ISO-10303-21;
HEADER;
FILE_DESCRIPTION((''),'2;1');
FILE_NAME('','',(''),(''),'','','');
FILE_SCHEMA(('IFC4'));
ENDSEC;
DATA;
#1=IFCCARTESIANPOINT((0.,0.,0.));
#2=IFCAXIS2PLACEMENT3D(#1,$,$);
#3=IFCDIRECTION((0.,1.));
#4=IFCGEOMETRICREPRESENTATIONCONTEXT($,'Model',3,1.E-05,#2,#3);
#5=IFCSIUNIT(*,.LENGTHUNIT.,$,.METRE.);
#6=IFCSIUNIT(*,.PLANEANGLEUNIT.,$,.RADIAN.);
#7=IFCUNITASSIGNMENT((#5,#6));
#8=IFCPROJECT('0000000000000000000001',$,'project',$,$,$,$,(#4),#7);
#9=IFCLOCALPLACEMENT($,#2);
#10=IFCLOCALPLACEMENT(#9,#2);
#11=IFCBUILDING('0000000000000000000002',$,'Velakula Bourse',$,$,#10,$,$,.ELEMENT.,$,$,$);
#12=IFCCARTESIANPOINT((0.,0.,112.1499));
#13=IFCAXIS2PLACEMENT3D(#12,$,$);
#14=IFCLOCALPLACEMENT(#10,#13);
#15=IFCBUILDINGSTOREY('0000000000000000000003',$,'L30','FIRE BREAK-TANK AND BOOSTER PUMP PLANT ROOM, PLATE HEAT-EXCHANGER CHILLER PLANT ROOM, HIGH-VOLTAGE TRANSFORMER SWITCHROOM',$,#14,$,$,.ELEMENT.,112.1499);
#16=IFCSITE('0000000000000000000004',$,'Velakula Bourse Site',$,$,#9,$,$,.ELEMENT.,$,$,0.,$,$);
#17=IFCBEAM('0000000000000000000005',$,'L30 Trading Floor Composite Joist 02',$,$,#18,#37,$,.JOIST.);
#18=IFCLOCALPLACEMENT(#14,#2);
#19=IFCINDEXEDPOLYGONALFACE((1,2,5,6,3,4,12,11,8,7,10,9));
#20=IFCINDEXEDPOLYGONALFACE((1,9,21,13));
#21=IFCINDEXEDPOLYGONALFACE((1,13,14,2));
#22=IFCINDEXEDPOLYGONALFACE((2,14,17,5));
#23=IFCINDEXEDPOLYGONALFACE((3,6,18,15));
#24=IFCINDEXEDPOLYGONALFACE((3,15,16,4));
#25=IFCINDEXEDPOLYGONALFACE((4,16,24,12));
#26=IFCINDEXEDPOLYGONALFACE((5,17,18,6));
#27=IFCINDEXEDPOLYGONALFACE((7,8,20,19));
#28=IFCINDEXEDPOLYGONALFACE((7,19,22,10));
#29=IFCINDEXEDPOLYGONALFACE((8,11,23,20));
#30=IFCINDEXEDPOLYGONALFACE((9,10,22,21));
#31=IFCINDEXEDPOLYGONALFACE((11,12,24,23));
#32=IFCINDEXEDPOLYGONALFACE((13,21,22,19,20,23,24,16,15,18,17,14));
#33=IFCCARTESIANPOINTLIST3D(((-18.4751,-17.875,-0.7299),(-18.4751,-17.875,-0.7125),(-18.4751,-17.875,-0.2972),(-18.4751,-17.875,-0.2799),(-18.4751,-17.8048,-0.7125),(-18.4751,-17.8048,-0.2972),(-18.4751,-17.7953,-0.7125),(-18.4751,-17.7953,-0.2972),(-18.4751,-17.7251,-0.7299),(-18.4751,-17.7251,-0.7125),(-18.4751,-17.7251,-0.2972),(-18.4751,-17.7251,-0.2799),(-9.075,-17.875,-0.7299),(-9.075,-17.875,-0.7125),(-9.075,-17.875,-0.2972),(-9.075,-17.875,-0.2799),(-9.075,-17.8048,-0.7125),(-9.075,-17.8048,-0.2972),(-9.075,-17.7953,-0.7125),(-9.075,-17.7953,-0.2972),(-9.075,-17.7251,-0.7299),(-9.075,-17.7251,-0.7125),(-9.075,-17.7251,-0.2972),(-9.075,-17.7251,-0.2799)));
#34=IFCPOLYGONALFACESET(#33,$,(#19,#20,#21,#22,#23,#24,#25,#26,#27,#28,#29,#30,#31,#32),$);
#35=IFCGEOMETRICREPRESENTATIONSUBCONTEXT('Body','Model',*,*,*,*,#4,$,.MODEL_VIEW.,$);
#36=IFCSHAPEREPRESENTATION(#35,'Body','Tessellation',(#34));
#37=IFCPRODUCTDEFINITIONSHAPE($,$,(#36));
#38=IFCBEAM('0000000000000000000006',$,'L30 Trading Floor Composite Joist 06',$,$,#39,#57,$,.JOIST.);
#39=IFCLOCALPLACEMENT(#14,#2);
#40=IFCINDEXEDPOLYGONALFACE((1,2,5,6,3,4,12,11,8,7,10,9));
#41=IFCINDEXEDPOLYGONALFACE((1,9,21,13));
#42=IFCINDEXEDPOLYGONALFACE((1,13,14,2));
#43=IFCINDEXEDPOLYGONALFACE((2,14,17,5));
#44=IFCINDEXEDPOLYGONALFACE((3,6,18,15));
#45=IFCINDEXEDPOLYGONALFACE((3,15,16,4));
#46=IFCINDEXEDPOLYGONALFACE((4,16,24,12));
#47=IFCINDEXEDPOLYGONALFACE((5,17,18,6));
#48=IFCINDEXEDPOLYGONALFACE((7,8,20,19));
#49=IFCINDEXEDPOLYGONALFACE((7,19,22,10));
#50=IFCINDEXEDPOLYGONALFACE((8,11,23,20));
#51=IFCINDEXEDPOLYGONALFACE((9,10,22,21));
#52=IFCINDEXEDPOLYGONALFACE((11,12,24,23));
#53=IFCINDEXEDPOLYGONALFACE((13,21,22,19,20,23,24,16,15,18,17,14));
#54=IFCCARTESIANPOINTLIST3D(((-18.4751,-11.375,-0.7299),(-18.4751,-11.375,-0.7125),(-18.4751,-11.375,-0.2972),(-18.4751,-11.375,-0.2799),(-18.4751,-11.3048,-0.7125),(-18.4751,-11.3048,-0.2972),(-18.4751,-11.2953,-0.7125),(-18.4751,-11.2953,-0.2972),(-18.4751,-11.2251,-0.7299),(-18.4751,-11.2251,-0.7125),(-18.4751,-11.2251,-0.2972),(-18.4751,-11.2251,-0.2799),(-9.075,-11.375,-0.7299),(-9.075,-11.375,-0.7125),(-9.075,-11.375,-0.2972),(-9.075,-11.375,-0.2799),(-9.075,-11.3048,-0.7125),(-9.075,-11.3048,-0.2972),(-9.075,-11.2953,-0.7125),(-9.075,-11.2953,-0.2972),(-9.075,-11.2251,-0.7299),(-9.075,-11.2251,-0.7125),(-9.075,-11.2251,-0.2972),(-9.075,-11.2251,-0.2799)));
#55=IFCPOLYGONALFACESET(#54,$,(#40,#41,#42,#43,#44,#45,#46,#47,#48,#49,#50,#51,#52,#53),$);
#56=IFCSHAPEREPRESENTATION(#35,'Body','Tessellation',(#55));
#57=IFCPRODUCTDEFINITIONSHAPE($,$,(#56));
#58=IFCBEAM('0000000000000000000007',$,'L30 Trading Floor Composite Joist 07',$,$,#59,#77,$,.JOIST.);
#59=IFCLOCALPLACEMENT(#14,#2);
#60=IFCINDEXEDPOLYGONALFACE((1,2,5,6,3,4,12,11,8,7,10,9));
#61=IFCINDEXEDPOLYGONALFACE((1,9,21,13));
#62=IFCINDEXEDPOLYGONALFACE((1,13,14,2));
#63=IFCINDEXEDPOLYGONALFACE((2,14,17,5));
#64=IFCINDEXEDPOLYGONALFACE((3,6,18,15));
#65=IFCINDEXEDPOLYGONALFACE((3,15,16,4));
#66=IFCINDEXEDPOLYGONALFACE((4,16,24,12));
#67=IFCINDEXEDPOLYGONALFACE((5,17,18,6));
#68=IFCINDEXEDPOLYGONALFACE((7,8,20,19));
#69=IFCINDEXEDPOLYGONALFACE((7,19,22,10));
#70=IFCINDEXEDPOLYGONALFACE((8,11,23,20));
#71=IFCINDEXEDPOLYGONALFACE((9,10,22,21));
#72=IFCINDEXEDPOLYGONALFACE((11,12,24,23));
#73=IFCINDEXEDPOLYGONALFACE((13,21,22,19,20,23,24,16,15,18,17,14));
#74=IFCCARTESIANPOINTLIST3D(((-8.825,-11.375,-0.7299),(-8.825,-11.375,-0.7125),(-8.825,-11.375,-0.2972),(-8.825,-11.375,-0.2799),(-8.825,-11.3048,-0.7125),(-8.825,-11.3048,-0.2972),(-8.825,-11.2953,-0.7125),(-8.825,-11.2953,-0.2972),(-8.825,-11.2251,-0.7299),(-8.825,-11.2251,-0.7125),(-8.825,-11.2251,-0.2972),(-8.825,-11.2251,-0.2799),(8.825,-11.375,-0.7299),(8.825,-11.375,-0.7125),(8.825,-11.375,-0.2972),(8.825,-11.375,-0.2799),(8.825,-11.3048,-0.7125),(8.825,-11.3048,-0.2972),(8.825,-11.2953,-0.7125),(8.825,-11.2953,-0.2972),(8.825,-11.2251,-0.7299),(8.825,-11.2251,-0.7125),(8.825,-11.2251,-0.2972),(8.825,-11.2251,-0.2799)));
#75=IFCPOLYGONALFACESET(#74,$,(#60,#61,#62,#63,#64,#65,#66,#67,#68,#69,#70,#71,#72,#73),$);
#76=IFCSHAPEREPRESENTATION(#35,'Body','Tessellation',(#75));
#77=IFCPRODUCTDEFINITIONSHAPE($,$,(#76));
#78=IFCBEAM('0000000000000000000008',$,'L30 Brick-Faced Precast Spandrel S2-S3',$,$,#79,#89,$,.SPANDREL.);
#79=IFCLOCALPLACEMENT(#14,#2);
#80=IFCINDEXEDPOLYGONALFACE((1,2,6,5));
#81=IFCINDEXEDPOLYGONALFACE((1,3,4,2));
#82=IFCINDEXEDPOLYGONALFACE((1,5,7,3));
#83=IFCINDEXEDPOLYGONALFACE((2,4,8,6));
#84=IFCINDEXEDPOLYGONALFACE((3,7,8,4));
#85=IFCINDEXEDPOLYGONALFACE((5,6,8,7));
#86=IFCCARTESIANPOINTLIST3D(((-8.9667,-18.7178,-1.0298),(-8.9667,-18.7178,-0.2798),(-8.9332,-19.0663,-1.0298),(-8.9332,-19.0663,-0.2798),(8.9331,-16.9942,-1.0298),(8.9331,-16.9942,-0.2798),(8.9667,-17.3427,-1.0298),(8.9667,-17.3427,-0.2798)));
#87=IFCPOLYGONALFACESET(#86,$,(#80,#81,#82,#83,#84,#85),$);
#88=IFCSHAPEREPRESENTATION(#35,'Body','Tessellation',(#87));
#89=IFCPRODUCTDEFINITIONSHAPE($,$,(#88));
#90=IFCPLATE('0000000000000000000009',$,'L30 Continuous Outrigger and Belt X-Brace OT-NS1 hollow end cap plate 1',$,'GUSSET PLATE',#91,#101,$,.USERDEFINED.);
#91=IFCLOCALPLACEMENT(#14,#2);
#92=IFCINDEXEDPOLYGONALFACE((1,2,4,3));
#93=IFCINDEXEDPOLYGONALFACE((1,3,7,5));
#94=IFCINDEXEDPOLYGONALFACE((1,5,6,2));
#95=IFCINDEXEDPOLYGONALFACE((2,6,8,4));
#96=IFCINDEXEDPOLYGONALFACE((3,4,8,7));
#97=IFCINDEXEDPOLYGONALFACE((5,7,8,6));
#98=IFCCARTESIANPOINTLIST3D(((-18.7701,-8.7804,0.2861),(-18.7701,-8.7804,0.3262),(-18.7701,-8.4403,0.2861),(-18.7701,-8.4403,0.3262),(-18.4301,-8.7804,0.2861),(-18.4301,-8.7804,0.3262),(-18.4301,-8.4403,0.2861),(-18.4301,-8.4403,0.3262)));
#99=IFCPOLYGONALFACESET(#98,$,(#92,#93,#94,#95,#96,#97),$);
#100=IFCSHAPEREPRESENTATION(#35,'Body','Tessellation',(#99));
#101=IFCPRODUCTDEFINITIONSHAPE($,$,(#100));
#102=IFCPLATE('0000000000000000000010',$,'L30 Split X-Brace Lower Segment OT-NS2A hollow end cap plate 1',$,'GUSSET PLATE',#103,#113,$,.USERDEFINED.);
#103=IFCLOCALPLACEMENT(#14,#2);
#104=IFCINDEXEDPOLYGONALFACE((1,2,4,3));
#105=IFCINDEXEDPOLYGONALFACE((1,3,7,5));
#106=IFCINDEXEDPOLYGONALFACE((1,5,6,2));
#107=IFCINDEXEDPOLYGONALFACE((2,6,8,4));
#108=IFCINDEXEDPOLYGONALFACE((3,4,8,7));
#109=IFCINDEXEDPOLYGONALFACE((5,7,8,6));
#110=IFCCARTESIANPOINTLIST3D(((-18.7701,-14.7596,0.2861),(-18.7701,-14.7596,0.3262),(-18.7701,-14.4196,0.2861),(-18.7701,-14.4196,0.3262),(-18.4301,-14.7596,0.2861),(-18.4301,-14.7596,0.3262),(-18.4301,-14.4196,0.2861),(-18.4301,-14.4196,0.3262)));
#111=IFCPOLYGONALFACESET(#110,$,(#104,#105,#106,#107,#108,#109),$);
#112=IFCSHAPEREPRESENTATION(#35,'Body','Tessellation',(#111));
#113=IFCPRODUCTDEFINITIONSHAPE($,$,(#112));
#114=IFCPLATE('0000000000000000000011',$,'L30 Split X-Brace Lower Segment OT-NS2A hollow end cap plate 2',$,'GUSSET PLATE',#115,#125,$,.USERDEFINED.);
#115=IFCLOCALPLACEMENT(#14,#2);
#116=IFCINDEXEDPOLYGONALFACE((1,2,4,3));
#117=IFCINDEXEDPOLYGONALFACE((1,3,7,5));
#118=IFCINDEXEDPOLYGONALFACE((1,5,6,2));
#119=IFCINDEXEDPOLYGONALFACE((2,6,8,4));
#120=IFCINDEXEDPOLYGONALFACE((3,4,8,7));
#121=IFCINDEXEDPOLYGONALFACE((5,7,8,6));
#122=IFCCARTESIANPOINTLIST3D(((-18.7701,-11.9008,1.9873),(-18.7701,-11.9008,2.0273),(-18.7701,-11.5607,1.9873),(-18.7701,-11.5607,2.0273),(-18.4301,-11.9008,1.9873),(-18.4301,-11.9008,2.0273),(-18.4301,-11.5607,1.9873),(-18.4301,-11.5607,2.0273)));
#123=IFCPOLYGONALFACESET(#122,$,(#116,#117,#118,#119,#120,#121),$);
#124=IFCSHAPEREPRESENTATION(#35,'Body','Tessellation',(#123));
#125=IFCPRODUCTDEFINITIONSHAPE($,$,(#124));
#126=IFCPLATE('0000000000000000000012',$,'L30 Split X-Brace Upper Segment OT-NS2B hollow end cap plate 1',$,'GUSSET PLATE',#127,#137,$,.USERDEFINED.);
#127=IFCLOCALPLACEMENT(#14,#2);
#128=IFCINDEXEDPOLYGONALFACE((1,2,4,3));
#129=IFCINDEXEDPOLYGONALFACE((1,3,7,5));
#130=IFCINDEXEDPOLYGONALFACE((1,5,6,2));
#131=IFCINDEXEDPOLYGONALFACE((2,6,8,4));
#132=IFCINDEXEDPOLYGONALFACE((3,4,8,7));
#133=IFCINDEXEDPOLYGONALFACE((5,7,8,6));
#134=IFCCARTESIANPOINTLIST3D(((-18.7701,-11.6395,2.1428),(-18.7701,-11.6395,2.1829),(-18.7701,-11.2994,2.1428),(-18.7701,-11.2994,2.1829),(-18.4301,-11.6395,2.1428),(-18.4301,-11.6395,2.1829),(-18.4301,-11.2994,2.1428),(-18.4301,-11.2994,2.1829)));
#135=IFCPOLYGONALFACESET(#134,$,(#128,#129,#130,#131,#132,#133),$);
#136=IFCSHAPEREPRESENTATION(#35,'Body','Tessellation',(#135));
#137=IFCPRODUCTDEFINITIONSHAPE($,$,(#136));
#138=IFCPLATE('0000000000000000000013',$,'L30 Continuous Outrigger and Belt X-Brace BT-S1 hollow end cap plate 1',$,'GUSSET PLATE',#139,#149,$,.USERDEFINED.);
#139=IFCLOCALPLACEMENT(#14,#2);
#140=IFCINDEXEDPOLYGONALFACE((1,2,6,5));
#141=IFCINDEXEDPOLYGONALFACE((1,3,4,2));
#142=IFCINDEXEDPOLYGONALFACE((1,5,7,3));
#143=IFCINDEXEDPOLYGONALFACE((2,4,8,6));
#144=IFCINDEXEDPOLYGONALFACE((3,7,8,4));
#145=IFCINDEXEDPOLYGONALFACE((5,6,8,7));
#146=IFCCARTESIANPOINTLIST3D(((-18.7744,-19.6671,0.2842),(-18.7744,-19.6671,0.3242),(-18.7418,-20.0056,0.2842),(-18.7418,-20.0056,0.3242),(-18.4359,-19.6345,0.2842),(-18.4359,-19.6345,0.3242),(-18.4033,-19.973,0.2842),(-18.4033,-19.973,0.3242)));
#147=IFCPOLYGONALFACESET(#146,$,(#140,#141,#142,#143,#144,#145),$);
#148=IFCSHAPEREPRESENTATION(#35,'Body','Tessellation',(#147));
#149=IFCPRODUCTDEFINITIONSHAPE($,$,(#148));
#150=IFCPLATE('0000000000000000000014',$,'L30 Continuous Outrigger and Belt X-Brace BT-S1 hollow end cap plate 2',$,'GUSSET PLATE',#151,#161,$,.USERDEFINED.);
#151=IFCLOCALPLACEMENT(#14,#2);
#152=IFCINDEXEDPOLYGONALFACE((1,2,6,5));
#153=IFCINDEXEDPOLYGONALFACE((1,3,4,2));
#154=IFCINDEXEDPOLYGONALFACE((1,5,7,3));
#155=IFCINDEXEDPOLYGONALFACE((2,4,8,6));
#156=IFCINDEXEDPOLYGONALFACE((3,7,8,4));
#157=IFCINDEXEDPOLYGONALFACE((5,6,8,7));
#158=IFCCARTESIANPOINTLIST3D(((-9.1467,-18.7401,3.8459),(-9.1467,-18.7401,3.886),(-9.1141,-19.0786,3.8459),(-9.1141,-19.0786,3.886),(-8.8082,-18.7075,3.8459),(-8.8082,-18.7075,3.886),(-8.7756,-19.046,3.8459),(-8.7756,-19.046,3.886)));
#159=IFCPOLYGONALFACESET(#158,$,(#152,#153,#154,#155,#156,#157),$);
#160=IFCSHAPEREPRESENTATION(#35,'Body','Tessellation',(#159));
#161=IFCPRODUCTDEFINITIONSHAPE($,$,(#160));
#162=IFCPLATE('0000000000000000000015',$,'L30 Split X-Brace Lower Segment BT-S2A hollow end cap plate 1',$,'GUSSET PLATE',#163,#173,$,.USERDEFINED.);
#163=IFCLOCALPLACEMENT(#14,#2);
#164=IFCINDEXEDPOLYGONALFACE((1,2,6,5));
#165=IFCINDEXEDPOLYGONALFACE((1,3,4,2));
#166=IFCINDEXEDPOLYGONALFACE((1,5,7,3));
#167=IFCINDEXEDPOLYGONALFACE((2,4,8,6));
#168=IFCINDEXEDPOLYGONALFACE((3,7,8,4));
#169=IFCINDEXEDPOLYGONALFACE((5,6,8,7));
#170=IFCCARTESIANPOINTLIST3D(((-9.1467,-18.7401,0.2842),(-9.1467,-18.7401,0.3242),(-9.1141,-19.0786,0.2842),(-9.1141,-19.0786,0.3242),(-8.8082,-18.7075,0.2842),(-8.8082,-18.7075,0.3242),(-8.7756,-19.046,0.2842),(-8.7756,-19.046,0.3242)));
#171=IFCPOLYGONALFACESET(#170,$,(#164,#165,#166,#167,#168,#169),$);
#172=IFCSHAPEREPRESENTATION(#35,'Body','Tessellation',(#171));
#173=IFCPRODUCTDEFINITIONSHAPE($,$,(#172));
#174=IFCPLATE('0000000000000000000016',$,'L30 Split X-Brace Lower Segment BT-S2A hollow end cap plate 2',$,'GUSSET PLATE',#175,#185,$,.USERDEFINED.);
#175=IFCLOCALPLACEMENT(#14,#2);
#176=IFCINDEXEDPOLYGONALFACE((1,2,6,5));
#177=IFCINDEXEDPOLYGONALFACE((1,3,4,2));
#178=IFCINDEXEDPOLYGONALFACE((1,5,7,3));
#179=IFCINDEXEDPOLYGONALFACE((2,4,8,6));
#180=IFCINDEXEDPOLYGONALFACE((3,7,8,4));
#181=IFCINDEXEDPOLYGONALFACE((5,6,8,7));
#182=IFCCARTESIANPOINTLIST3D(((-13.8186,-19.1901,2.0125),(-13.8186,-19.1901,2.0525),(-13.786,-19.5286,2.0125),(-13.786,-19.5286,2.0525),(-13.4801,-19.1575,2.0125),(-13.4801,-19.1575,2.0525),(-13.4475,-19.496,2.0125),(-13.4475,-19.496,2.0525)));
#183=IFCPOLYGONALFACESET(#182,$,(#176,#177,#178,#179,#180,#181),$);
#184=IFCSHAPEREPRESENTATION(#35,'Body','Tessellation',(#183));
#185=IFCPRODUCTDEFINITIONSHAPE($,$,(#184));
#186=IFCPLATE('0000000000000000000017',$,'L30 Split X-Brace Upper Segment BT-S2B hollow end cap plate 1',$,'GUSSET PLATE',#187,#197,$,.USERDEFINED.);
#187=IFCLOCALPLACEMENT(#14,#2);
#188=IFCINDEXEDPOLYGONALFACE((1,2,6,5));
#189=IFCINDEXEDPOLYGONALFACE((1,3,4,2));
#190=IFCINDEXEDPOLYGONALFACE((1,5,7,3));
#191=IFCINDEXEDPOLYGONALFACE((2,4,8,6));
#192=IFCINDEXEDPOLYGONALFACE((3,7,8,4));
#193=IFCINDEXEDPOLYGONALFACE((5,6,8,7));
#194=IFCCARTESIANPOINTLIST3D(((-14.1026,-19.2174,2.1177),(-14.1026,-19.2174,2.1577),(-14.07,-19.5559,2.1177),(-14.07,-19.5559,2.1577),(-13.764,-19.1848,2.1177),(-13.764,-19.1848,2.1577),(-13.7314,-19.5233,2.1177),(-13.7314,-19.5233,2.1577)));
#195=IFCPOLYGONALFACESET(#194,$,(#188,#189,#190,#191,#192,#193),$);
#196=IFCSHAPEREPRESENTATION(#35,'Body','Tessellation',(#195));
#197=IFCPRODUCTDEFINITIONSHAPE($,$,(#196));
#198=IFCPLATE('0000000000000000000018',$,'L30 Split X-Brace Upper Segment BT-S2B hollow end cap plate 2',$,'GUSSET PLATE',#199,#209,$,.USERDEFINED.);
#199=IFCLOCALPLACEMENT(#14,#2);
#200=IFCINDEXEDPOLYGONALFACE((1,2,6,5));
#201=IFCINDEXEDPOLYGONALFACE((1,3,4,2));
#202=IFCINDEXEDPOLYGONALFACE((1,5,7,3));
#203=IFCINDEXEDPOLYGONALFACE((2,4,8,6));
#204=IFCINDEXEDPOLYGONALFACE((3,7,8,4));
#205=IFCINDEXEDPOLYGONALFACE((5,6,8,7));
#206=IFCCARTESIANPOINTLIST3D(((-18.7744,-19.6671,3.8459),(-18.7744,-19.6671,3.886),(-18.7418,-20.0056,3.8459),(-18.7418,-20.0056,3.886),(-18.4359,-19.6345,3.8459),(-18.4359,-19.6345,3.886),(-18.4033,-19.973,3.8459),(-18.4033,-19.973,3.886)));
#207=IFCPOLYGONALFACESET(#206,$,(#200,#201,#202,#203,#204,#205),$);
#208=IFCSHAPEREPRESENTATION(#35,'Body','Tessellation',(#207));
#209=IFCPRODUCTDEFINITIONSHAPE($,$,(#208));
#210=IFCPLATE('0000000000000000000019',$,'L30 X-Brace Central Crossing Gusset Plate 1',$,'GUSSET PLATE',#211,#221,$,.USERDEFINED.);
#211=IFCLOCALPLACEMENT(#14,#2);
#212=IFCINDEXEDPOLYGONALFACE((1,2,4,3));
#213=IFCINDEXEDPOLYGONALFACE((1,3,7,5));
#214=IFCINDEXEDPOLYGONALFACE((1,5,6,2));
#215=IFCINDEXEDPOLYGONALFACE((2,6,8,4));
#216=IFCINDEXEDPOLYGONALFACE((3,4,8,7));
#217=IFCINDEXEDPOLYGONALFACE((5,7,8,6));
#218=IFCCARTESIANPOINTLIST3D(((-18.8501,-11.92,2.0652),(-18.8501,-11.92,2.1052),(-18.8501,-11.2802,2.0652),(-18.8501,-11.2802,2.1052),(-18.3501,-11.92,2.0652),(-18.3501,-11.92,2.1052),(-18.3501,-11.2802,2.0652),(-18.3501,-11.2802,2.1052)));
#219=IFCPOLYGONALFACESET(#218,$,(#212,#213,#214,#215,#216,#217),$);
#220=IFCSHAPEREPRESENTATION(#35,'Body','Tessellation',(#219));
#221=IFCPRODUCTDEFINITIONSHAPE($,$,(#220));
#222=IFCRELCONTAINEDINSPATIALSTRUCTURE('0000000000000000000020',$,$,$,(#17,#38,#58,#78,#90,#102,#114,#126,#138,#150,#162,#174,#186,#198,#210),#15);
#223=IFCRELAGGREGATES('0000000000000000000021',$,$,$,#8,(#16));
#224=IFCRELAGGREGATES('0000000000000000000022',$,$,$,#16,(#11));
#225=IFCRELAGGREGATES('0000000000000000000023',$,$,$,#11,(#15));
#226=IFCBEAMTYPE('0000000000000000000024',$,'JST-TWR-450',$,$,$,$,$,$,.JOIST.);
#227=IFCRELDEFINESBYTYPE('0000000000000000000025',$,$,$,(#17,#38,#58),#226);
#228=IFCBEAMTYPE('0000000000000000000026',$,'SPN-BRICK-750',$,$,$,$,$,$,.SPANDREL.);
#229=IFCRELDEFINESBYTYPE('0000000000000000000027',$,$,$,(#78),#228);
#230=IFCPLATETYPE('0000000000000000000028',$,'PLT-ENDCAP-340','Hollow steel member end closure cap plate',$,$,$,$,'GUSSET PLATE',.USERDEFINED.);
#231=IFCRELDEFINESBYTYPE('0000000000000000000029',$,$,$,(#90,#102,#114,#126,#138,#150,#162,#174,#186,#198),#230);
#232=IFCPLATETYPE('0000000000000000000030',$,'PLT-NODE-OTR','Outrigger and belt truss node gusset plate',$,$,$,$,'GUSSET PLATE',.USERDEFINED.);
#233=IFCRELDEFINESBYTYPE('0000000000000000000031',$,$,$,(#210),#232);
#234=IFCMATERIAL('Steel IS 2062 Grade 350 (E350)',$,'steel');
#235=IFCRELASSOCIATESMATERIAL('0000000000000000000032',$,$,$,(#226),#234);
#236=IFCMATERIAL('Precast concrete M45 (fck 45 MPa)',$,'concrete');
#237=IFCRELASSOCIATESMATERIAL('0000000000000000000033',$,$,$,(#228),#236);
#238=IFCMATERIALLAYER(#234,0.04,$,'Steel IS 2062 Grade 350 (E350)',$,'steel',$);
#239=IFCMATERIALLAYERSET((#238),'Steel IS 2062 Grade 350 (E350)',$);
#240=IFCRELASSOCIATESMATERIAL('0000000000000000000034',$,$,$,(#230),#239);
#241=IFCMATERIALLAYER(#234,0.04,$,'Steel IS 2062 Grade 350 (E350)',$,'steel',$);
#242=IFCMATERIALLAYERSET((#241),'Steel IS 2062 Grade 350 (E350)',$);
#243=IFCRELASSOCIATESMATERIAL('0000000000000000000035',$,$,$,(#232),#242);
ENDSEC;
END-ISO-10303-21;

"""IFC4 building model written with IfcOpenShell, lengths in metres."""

from ifc_helpers import new_model, si_unit, direction, frame, origin, origin_2d, place, context, subcontext, project, spatial, rectangle, i_section, extrude, material, layer, layer_set, material_profile, profile_set, type_object, element, save


model = new_model("IFC4")

# Units and contexts
model_context = context("Model", 3, precision=1e-05, world=origin(), true_north=direction((0.0, 1.0)))
body_context = subcontext(model_context, "Body", "Model", "MODEL_VIEW")
ifc_project = project(units=[si_unit("LENGTHUNIT", "METRE"), si_unit("PLANEANGLEUNIT", "RADIAN")], contexts=[model_context])

# Site, building, storey
site_placement = place(None, origin())
site = spatial("IfcSite", under=ifc_project, at=site_placement, Name="Velakula Bourse Site", CompositionType="ELEMENT", RefElevation=0.0)
building_placement = place(site_placement, origin())
building = spatial("IfcBuilding", under=site, at=building_placement, Name="Velakula Bourse", CompositionType="ELEMENT")
storey_placement = place(building_placement, frame((0.0, 0.0, 112.1499)))
storey = spatial("IfcBuildingStorey", under=building, at=storey_placement, Name="L30", Description="FIRE BREAK-TANK AND BOOSTER PUMP PLANT ROOM, PLATE HEAT-EXCHANGER CHILLER PLANT ROOM, HIGH-VOLTAGE TRANSFORMER SWITCHROOM", CompositionType="ELEMENT", Elevation=112.1499)

# Shared definitions
ifc_material_1 = material(Name="Steel IS 2062 Grade 350 (E350)", Category="steel")

# Beams
ifc_material_profile_1 = material_profile(ifc_material_1, i_section(OverallWidth=0.1499, OverallDepth=0.45, WebThickness=0.0095, FlangeThickness=0.0173, at=origin_2d()), Name="Steel IS 2062 Grade 350 (E350)")
ifc_profile_set_1 = profile_set([ifc_material_profile_1], Name="Steel IS 2062 Grade 350 (E350)")
beam_type_1 = type_object("IfcBeamType", Name="JST-TWR-450", PredefinedType="JOIST", material=ifc_profile_set_1)
for number, where, z_axis, x_axis, name in (
    (1, (-18.4751, -17.8, -0.5049), (1.0, 0.0, 0.0), (0.0, 1.0, 0.0), "L30 Trading Floor Composite Joist 02"),
    (2, (-18.4751, -11.3, -0.5049), (1.0, 0.0, 0.0), (0.0, 1.0, 0.0), "L30 Trading Floor Composite Joist 06"),
):
    element("IfcBeam", number, at=place(storey_placement, frame(where, z_axis=z_axis, x_axis=x_axis)), inside=storey, type_object=beam_type_1, Name=name, PredefinedType="JOIST", context=body_context, shape_type="SweptSolid", body=[
        extrude(i_section(OverallWidth=0.1499, OverallDepth=0.45, WebThickness=0.0095, FlangeThickness=0.0173, at=origin_2d()), origin(), (0.0, 0.0, 1.0), 9.4001),
    ])
beam_1_placement = place(storey_placement, frame((-8.825, -11.3, -0.5049), z_axis=(1.0, 0.0, 0.0), x_axis=(0.0, 1.0, 0.0)))
element("IfcBeam", 3, at=beam_1_placement, inside=storey, type_object=beam_type_1, Name="L30 Trading Floor Composite Joist 07", PredefinedType="JOIST", context=body_context, shape_type="SweptSolid", body=[
    extrude(i_section(OverallWidth=0.1499, OverallDepth=0.45, WebThickness=0.0095, FlangeThickness=0.0173, at=origin_2d()), origin(), (0.0, 0.0, 1.0), 17.6499),
])
ifc_material_2 = material(Name="Precast concrete M45 (fck 45 MPa)", Category="concrete")
ifc_material_profile_2 = material_profile(ifc_material_2, rectangle(XDim=0.3501, YDim=0.75, at=origin_2d()), Name="Precast concrete M45 (fck 45 MPa)")
ifc_profile_set_2 = profile_set([ifc_material_profile_2], Name="Precast concrete M45 (fck 45 MPa)")
beam_type_2 = type_object("IfcBeamType", Name="SPN-BRICK-750", PredefinedType="SPANDREL", material=ifc_profile_set_2)
beam_2_placement = place(storey_placement, frame((-8.95, -18.8921, -0.6548), z_axis=(0.995396, 0.09585, 0.0), x_axis=(-0.09585, 0.995396, 0.0)))
element("IfcBeam", 4, at=beam_2_placement, inside=storey, type_object=beam_type_2, Name="L30 Brick-Faced Precast Spandrel S2-S3", PredefinedType="SPANDREL", context=body_context, shape_type="SweptSolid", body=[
    extrude(rectangle(XDim=0.3501, YDim=0.75, at=origin_2d()), origin(), (0.0, 0.0, 1.0), 17.9827),
])

# Plates
ifc_layer_1 = layer(ifc_material_1, 0.04, Name="Steel IS 2062 Grade 350 (E350)", Category="steel")
ifc_layer_set_1 = layer_set([ifc_layer_1], Name="Steel IS 2062 Grade 350 (E350)")
plate_type_1 = type_object("IfcPlateType", Name="PLT-ENDCAP-340", Description="Hollow steel member end closure cap plate", ElementType="GUSSET PLATE", PredefinedType="USERDEFINED", material=ifc_layer_set_1)
for number, where, z_axis, x_axis, name in (
    (5, (-18.6001, -8.6104, 0.2861), (0.0, 0.0, 1.0), (0.0, -1.0, 0.0), "L30 Continuous Outrigger and Belt X-Brace OT-NS1 hollow end cap plate 1"),
    (6, (-18.6001, -14.5896, 0.2861), (0.0, 0.0, 1.0), (0.0, 1.0, 0.0), "L30 Split X-Brace Lower Segment OT-NS2A hollow end cap plate 1"),
    (7, (-18.6001, -11.7307, 1.9873), (0.0, 0.0, 1.0), (0.0, 1.0, 0.0), "L30 Split X-Brace Lower Segment OT-NS2A hollow end cap plate 2"),
    (8, (-18.6001, -11.4695, 2.1428), (0.0, 0.0, 1.0), (0.0, 1.0, 0.0), "L30 Split X-Brace Upper Segment OT-NS2B hollow end cap plate 1"),
    (9, (-18.5889, -19.8201, 0.2842), (0.0, 0.0, 1.0), (0.995396, 0.095846, 0.0), "L30 Continuous Outrigger and Belt X-Brace BT-S1 hollow end cap plate 1"),
    (10, (-8.9612, -18.8931, 3.8459), (0.0, 0.0, 1.0), (0.995396, 0.095846, 0.0), "L30 Continuous Outrigger and Belt X-Brace BT-S1 hollow end cap plate 2"),
    (11, (-8.9612, -18.8931, 0.2842), (0.0, 0.0, 1.0), (-0.995396, -0.095846, 0.0), "L30 Split X-Brace Lower Segment BT-S2A hollow end cap plate 1"),
    (12, (-13.6331, -19.343, 2.0125), (0.0, 0.0, 1.0), (-0.995396, -0.095846, 0.0), "L30 Split X-Brace Lower Segment BT-S2A hollow end cap plate 2"),
    (13, (-13.917, -19.3704, 2.1177), (0.0, 0.0, 1.0), (-0.995396, -0.095846, 0.0), "L30 Split X-Brace Upper Segment BT-S2B hollow end cap plate 1"),
    (14, (-18.5889, -19.8201, 3.8459), (0.0, 0.0, 1.0), (-0.995396, -0.095846, 0.0), "L30 Split X-Brace Upper Segment BT-S2B hollow end cap plate 2"),
):
    element("IfcPlate", number, at=place(storey_placement, frame(where, z_axis=z_axis, x_axis=x_axis)), inside=storey, type_object=plate_type_1, Name=name, ObjectType="GUSSET PLATE", PredefinedType="USERDEFINED", context=body_context, shape_type="SweptSolid", body=[
        extrude(rectangle(XDim=0.3401, YDim=0.3401, at=origin_2d()), origin(), (0.0, 0.0, 1.0), 0.04),
    ])
ifc_layer_2 = layer(ifc_material_1, 0.04, Name="Steel IS 2062 Grade 350 (E350)", Category="steel")
ifc_layer_set_2 = layer_set([ifc_layer_2], Name="Steel IS 2062 Grade 350 (E350)")
plate_type_2 = type_object("IfcPlateType", Name="PLT-NODE-OTR", Description="Outrigger and belt truss node gusset plate", ElementType="GUSSET PLATE", PredefinedType="USERDEFINED", material=ifc_layer_set_2)
for number, where, z_axis, x_axis, name in (
    (15, (-18.6001, -11.6001, 2.0652), (0.0, 0.0, 1.0), (0.0, -1.0, 0.0), "L30 X-Brace Central Crossing Gusset Plate 1"),
):
    element("IfcPlate", number, at=place(storey_placement, frame(where, z_axis=z_axis, x_axis=x_axis)), inside=storey, type_object=plate_type_2, Name=name, ObjectType="GUSSET PLATE", PredefinedType="USERDEFINED", context=body_context, shape_type="SweptSolid", body=[
        extrude(rectangle(XDim=0.6399, YDim=0.5, at=origin_2d()), origin(), (0.0, 0.0, 1.0), 0.04),
    ])

save(model, "model.ifc")
